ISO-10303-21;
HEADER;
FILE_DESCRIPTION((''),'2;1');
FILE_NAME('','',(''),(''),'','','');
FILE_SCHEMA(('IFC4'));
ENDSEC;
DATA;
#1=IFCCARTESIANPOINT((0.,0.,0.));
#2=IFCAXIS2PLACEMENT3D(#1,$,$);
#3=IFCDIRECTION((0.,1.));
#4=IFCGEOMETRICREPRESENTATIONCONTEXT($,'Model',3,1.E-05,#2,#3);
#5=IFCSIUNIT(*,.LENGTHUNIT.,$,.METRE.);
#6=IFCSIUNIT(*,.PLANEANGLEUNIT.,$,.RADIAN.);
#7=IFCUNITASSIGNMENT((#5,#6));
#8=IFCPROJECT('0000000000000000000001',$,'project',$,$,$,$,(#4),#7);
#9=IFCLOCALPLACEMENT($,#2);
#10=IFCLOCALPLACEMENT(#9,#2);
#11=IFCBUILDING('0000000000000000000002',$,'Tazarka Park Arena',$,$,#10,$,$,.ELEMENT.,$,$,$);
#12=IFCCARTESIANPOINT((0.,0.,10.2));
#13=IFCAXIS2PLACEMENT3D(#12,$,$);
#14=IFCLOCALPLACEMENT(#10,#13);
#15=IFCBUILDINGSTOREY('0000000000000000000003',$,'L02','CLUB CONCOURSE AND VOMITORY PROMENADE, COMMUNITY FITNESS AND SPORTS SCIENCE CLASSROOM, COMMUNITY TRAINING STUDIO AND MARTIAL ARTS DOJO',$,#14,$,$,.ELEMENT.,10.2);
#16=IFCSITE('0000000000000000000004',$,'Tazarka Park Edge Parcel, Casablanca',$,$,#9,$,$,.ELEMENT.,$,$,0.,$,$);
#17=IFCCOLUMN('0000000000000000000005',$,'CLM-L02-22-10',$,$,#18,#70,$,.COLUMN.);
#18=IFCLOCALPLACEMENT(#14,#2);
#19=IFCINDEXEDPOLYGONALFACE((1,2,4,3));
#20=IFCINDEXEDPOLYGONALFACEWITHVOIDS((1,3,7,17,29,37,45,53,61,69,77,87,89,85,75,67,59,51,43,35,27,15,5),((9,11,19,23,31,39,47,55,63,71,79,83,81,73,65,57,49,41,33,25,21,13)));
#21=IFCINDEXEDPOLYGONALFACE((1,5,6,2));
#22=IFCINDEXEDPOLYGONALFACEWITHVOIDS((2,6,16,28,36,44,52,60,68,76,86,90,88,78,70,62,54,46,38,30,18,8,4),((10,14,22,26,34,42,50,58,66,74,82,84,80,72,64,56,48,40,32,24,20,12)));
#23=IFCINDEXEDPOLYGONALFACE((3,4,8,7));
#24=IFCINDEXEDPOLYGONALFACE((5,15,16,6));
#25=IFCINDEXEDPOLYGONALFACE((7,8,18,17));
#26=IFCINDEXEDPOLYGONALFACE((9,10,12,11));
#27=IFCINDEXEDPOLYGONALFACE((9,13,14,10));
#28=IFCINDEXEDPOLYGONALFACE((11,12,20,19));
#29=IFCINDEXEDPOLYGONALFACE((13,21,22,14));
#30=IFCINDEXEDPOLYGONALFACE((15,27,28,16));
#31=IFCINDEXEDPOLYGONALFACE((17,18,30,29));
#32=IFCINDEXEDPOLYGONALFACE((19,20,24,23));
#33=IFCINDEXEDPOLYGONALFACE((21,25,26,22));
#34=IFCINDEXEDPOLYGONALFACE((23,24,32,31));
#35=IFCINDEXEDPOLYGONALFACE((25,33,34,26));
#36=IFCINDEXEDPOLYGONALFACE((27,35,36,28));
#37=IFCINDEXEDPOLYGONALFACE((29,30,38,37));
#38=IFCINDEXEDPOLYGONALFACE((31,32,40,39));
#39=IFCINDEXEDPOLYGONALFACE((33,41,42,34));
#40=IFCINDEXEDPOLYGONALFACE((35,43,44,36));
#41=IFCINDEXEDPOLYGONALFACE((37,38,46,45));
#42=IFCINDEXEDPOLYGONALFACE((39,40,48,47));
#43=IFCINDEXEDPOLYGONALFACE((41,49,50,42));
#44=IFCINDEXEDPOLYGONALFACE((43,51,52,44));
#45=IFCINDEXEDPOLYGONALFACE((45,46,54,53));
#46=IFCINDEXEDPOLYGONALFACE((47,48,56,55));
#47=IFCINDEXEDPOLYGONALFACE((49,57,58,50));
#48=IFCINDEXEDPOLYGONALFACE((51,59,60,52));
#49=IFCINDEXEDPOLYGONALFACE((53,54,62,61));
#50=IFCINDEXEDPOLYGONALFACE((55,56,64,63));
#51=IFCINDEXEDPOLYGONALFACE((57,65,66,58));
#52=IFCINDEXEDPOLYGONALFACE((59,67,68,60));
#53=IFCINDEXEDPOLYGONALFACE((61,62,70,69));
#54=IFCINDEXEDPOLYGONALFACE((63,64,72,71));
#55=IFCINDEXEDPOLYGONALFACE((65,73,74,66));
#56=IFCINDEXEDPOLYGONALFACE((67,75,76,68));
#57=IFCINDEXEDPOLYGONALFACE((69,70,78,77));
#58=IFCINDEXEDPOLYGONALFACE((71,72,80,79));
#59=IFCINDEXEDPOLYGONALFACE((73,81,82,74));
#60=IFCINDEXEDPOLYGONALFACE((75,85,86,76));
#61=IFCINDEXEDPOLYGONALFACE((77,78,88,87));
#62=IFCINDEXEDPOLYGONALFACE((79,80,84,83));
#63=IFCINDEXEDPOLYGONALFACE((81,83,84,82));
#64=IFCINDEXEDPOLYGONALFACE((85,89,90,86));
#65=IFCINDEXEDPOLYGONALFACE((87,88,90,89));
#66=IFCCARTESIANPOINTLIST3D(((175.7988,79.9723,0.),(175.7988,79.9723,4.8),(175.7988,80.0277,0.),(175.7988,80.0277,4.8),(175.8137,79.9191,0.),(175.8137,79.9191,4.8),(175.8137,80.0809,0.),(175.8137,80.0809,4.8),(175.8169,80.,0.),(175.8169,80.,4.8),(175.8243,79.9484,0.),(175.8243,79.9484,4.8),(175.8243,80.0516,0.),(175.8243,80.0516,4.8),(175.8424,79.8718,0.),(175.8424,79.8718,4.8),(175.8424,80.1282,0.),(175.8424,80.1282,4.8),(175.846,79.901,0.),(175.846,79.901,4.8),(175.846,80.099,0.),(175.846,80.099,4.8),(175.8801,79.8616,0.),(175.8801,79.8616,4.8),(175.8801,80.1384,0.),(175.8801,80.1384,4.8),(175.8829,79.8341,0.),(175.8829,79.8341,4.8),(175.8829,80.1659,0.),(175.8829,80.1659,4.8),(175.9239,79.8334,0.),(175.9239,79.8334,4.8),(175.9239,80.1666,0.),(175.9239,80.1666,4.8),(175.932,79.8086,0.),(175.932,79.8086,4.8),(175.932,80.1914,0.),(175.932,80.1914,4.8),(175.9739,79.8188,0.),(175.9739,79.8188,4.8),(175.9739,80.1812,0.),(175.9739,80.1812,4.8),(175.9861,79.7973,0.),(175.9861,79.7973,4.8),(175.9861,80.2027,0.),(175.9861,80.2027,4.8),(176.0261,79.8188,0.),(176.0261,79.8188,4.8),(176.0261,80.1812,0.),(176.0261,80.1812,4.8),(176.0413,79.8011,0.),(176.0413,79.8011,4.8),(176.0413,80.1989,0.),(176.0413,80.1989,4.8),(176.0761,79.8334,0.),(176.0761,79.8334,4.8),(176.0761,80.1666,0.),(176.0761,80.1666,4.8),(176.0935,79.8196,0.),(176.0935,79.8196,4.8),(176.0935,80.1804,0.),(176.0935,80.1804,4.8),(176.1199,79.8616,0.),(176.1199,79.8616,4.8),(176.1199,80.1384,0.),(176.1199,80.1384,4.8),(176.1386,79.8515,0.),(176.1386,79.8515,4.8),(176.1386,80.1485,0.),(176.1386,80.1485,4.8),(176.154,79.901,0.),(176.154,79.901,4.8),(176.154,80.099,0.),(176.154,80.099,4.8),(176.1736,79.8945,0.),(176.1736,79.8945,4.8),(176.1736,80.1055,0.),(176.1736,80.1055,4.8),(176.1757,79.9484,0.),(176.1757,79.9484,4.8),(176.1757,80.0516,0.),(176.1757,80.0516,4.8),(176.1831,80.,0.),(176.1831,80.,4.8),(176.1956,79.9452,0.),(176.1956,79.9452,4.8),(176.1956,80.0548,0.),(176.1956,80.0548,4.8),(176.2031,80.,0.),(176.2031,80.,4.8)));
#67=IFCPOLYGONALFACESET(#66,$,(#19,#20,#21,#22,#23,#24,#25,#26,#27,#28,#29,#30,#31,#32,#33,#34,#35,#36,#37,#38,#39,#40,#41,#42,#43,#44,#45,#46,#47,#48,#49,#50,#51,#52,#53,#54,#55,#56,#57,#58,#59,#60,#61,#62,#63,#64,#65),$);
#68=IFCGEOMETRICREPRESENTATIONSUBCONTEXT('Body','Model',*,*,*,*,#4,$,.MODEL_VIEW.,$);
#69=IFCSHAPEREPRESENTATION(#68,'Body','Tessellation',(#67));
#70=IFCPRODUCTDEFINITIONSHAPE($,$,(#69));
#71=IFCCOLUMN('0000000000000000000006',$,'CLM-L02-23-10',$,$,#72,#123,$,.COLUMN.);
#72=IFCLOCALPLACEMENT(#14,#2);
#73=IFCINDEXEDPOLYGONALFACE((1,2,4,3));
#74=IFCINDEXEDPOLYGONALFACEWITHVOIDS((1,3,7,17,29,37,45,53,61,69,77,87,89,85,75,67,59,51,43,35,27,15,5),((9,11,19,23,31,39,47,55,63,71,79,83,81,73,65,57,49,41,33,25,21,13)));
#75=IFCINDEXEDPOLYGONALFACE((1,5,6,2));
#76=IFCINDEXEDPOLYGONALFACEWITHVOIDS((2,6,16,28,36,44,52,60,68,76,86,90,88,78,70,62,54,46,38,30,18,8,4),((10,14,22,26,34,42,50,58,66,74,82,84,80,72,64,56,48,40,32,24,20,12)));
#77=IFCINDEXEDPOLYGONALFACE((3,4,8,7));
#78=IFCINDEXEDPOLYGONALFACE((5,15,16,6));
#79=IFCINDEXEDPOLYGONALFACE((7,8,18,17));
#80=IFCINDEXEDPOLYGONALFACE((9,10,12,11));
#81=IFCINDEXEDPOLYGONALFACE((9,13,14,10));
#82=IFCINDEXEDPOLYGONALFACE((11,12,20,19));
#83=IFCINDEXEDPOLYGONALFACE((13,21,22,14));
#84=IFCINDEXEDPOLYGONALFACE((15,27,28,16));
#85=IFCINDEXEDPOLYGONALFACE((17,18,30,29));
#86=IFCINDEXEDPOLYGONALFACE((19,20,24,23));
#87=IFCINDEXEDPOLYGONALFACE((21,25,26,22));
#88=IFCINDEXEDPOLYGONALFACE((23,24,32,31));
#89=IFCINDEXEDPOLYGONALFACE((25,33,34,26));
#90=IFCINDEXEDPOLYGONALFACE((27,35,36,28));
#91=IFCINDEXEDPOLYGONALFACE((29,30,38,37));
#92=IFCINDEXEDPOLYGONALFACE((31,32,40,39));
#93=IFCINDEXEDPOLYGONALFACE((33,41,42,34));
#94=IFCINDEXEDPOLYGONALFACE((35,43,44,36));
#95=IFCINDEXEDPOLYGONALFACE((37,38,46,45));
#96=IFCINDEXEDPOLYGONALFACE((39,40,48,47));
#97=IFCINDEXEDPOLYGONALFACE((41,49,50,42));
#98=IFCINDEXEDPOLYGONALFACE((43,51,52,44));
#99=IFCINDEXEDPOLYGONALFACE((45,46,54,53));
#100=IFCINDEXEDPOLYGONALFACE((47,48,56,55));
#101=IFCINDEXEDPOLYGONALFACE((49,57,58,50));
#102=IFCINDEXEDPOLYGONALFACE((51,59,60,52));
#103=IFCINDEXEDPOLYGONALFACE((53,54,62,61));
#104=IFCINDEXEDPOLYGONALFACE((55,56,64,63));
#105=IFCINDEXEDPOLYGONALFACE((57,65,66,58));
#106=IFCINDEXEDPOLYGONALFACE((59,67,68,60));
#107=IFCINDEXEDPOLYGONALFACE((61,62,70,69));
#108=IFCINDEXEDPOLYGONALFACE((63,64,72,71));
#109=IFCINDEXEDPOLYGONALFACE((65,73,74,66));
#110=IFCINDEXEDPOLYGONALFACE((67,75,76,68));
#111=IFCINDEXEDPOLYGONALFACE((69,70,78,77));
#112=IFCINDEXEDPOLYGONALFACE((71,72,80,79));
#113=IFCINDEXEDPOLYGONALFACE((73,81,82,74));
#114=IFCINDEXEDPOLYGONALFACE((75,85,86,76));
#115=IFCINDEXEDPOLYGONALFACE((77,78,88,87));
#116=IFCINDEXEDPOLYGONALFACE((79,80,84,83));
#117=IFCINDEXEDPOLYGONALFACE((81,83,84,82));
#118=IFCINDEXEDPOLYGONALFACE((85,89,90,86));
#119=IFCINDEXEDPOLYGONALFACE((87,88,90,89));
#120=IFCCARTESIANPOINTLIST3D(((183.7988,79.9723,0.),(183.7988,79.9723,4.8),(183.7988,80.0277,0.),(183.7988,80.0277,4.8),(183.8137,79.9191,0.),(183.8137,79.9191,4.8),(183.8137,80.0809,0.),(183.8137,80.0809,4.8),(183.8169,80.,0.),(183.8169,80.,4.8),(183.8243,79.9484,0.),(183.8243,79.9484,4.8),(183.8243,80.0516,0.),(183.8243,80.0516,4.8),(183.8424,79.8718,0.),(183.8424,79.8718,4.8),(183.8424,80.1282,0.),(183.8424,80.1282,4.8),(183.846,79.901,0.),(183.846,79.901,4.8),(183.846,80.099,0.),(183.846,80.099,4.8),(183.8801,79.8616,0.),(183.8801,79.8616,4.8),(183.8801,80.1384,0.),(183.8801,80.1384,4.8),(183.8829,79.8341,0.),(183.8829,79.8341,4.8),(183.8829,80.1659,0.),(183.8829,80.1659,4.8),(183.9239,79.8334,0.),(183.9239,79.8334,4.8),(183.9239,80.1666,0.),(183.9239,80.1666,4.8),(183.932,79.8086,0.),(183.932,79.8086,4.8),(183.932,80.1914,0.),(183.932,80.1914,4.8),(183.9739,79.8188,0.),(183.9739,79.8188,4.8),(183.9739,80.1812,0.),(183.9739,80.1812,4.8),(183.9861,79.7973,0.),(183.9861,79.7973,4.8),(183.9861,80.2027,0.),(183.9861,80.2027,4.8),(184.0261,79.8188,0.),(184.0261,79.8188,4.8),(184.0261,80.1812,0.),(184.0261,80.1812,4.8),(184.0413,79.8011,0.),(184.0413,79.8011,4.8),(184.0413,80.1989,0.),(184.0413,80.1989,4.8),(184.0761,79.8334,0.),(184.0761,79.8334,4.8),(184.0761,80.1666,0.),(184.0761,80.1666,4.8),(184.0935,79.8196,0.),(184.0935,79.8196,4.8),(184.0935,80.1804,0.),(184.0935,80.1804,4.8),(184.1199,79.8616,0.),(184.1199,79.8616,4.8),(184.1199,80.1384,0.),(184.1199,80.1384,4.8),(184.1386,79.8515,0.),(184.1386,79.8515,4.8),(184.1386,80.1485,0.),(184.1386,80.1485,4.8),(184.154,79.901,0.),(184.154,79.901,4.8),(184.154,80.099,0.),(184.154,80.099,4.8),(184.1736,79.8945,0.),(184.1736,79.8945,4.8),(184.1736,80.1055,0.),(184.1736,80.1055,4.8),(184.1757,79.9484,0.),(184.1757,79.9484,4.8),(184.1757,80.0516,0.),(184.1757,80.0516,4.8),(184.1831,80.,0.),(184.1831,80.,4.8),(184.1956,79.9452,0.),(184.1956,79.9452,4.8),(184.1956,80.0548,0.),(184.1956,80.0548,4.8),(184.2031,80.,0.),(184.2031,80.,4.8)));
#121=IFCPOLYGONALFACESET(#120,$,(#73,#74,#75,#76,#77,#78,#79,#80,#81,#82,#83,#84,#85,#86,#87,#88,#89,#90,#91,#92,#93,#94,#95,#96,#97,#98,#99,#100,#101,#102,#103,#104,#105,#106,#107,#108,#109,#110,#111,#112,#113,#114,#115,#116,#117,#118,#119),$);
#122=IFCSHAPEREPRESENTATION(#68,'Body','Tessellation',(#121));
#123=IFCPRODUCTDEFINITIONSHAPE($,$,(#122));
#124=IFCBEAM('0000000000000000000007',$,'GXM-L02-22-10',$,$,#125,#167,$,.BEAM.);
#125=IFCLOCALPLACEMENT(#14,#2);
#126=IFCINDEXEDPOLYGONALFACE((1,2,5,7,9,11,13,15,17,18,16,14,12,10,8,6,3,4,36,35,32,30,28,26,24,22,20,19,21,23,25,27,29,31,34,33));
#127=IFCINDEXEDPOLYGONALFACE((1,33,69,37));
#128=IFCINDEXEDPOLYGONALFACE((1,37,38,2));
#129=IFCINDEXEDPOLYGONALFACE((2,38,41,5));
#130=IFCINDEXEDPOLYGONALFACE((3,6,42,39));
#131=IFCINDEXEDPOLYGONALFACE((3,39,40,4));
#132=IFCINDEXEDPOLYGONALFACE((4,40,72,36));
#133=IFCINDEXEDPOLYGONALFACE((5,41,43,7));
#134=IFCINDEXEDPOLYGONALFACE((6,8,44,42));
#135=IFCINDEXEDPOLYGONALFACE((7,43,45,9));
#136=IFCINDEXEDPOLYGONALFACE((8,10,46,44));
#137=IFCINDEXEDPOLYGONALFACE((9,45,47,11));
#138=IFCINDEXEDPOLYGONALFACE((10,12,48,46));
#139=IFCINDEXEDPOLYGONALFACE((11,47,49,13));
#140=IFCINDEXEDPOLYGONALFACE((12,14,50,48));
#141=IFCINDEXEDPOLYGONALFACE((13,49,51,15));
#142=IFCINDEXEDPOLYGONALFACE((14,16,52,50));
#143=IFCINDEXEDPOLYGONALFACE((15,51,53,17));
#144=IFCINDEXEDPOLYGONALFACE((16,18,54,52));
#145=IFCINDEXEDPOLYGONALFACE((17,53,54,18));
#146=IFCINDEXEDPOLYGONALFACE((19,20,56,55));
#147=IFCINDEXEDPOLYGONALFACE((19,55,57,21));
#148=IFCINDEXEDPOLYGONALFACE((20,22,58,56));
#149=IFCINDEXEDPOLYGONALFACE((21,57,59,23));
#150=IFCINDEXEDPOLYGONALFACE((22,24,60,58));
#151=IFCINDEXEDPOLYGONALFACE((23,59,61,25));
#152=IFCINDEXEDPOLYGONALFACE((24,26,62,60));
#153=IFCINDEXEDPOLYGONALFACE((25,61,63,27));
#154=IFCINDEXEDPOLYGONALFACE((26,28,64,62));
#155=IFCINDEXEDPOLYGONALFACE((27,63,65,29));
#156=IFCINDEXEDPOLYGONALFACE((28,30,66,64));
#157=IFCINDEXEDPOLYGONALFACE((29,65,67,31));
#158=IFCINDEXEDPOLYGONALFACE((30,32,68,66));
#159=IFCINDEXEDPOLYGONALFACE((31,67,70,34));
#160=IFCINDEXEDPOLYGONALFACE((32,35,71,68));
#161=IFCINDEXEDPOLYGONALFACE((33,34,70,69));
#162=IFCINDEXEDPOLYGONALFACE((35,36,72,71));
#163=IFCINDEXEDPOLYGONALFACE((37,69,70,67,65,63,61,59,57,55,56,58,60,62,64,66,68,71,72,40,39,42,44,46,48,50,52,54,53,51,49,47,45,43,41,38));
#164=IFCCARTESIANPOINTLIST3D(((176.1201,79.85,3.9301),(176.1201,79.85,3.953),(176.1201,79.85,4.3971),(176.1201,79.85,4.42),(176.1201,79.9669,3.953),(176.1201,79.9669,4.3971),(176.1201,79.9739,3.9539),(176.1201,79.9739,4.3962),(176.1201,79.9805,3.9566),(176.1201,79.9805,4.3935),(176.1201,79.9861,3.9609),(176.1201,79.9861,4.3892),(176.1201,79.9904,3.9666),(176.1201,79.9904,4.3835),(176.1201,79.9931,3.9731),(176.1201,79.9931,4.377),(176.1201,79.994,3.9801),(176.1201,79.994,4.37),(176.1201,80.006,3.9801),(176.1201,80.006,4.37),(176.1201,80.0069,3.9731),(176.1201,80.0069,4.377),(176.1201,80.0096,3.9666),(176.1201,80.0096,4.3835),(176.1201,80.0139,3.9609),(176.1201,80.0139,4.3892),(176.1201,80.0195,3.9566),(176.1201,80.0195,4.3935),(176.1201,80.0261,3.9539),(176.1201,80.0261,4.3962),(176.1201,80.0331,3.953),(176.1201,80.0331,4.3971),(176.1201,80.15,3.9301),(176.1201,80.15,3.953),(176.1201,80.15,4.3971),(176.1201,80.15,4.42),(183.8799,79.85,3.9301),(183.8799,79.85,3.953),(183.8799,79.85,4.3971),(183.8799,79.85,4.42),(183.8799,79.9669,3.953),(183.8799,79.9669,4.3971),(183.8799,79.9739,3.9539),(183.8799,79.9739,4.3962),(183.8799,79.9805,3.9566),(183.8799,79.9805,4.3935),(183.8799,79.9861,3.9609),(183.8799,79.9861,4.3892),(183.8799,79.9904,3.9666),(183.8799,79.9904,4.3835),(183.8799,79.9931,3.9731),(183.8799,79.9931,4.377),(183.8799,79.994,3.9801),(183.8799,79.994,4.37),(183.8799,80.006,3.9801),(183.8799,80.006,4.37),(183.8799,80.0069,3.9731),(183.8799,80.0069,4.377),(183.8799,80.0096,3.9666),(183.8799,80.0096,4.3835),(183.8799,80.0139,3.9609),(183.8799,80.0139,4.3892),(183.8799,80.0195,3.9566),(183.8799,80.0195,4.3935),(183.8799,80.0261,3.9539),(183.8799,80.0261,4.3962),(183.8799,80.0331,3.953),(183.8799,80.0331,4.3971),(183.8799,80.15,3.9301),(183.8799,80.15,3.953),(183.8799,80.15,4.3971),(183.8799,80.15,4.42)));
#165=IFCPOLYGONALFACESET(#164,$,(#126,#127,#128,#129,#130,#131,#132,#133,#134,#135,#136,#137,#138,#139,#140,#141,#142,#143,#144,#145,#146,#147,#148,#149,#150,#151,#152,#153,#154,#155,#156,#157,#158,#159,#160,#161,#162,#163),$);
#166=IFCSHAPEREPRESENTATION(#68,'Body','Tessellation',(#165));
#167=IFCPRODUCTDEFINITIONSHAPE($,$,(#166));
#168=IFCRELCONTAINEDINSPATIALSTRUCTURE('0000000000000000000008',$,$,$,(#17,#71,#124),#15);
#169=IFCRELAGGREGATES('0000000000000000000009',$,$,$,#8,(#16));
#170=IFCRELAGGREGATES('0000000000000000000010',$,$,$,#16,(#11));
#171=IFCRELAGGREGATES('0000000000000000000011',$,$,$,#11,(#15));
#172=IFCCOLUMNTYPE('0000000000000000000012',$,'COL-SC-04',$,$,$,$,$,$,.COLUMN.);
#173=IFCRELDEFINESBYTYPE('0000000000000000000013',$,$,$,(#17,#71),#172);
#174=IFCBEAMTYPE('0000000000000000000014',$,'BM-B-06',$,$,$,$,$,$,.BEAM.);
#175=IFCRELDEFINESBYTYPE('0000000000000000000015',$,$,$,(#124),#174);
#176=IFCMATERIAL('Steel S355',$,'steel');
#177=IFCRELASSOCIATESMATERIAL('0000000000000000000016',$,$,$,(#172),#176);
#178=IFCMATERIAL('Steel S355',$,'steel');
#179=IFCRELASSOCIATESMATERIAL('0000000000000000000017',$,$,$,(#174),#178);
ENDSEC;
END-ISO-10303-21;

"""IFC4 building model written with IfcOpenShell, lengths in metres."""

from ifc_helpers import new_model, si_unit, direction, frame, origin, origin_2d, place, context, subcontext, project, spatial, hollow_circle, i_section, extrude, material, material_profile, profile_set, type_object, element, save


model = new_model("IFC4")

# Units and contexts
model_context = context("Model", 3, precision=1e-05, world=origin(), true_north=direction((0.0, 1.0)))
body_context = subcontext(model_context, "Body", "Model", "MODEL_VIEW")
ifc_project = project(units=[si_unit("LENGTHUNIT", "METRE"), si_unit("PLANEANGLEUNIT", "RADIAN")], contexts=[model_context])

# Site, building, storey
site_placement = place(None, origin())
site = spatial("IfcSite", under=ifc_project, at=site_placement, Name="Tazarka Park Edge Parcel, Casablanca", CompositionType="ELEMENT", RefElevation=0.0)
building_placement = place(site_placement, origin())
building = spatial("IfcBuilding", under=site, at=building_placement, Name="Tazarka Park Arena", CompositionType="ELEMENT")
storey_placement = place(building_placement, frame((0.0, 0.0, 10.2)))
storey = spatial("IfcBuildingStorey", under=building, at=storey_placement, Name="L02", Description="CLUB CONCOURSE AND VOMITORY PROMENADE, COMMUNITY FITNESS AND SPORTS SCIENCE CLASSROOM, COMMUNITY TRAINING STUDIO AND MARTIAL ARTS DOJO", CompositionType="ELEMENT", Elevation=10.2)

# Columns
ifc_material_1 = material(Name="Steel S355", Category="steel")
ifc_material_profile_1 = material_profile(ifc_material_1, hollow_circle(Radius=0.2031, WallThickness=0.02, at=origin_2d()), Name="Steel S355")
ifc_profile_set_1 = profile_set([ifc_material_profile_1], Name="Steel S355")
column_type = type_object("IfcColumnType", Name="COL-SC-04", PredefinedType="COLUMN", material=ifc_profile_set_1)
for number, where, z_axis, x_axis, name in (
    (1, (176.0, 80.0, 0.0), (0.0, 0.0, 1.0), (1.0, 0.0, 0.0), "CLM-L02-22-10"),
    (2, (184.0, 80.0, 0.0), (0.0, 0.0, 1.0), (1.0, 0.0, 0.0), "CLM-L02-23-10"),
):
    element("IfcColumn", number, at=place(storey_placement, frame(where, z_axis=z_axis, x_axis=x_axis)), inside=storey, type_object=column_type, Name=name, PredefinedType="COLUMN", context=body_context, shape_type="SweptSolid", body=[
        extrude(hollow_circle(Radius=0.2031, WallThickness=0.02, at=origin_2d()), origin(), (0.0, 0.0, 1.0), 4.8),
    ])

# Beam
ifc_material_2 = material(Name="Steel S355", Category="steel")
ifc_material_profile_2 = material_profile(ifc_material_2, i_section(OverallWidth=0.3, OverallDepth=0.49, WebThickness=0.012, FlangeThickness=0.0229, FilletRadius=0.0271, at=origin_2d()), Name="Steel S355")
ifc_profile_set_2 = profile_set([ifc_material_profile_2], Name="Steel S355")
beam_type_1 = type_object("IfcBeamType", Name="BM-B-06", PredefinedType="BEAM", material=ifc_profile_set_2)
beam_1_placement = place(storey_placement, frame((176.1201, 80.0, 4.175), z_axis=(1.0, 0.0, 0.0), x_axis=(0.0, 1.0, 0.0)))
element("IfcBeam", 3, at=beam_1_placement, inside=storey, type_object=beam_type_1, Name="GXM-L02-22-10", PredefinedType="BEAM", context=body_context, shape_type="SweptSolid", body=[
    extrude(i_section(OverallWidth=0.3, OverallDepth=0.49, WebThickness=0.012, FlangeThickness=0.0229, FilletRadius=0.0271, at=origin_2d()), origin(), (0.0, 0.0, 1.0), 7.7598),
])

save(model, "model.ifc")
